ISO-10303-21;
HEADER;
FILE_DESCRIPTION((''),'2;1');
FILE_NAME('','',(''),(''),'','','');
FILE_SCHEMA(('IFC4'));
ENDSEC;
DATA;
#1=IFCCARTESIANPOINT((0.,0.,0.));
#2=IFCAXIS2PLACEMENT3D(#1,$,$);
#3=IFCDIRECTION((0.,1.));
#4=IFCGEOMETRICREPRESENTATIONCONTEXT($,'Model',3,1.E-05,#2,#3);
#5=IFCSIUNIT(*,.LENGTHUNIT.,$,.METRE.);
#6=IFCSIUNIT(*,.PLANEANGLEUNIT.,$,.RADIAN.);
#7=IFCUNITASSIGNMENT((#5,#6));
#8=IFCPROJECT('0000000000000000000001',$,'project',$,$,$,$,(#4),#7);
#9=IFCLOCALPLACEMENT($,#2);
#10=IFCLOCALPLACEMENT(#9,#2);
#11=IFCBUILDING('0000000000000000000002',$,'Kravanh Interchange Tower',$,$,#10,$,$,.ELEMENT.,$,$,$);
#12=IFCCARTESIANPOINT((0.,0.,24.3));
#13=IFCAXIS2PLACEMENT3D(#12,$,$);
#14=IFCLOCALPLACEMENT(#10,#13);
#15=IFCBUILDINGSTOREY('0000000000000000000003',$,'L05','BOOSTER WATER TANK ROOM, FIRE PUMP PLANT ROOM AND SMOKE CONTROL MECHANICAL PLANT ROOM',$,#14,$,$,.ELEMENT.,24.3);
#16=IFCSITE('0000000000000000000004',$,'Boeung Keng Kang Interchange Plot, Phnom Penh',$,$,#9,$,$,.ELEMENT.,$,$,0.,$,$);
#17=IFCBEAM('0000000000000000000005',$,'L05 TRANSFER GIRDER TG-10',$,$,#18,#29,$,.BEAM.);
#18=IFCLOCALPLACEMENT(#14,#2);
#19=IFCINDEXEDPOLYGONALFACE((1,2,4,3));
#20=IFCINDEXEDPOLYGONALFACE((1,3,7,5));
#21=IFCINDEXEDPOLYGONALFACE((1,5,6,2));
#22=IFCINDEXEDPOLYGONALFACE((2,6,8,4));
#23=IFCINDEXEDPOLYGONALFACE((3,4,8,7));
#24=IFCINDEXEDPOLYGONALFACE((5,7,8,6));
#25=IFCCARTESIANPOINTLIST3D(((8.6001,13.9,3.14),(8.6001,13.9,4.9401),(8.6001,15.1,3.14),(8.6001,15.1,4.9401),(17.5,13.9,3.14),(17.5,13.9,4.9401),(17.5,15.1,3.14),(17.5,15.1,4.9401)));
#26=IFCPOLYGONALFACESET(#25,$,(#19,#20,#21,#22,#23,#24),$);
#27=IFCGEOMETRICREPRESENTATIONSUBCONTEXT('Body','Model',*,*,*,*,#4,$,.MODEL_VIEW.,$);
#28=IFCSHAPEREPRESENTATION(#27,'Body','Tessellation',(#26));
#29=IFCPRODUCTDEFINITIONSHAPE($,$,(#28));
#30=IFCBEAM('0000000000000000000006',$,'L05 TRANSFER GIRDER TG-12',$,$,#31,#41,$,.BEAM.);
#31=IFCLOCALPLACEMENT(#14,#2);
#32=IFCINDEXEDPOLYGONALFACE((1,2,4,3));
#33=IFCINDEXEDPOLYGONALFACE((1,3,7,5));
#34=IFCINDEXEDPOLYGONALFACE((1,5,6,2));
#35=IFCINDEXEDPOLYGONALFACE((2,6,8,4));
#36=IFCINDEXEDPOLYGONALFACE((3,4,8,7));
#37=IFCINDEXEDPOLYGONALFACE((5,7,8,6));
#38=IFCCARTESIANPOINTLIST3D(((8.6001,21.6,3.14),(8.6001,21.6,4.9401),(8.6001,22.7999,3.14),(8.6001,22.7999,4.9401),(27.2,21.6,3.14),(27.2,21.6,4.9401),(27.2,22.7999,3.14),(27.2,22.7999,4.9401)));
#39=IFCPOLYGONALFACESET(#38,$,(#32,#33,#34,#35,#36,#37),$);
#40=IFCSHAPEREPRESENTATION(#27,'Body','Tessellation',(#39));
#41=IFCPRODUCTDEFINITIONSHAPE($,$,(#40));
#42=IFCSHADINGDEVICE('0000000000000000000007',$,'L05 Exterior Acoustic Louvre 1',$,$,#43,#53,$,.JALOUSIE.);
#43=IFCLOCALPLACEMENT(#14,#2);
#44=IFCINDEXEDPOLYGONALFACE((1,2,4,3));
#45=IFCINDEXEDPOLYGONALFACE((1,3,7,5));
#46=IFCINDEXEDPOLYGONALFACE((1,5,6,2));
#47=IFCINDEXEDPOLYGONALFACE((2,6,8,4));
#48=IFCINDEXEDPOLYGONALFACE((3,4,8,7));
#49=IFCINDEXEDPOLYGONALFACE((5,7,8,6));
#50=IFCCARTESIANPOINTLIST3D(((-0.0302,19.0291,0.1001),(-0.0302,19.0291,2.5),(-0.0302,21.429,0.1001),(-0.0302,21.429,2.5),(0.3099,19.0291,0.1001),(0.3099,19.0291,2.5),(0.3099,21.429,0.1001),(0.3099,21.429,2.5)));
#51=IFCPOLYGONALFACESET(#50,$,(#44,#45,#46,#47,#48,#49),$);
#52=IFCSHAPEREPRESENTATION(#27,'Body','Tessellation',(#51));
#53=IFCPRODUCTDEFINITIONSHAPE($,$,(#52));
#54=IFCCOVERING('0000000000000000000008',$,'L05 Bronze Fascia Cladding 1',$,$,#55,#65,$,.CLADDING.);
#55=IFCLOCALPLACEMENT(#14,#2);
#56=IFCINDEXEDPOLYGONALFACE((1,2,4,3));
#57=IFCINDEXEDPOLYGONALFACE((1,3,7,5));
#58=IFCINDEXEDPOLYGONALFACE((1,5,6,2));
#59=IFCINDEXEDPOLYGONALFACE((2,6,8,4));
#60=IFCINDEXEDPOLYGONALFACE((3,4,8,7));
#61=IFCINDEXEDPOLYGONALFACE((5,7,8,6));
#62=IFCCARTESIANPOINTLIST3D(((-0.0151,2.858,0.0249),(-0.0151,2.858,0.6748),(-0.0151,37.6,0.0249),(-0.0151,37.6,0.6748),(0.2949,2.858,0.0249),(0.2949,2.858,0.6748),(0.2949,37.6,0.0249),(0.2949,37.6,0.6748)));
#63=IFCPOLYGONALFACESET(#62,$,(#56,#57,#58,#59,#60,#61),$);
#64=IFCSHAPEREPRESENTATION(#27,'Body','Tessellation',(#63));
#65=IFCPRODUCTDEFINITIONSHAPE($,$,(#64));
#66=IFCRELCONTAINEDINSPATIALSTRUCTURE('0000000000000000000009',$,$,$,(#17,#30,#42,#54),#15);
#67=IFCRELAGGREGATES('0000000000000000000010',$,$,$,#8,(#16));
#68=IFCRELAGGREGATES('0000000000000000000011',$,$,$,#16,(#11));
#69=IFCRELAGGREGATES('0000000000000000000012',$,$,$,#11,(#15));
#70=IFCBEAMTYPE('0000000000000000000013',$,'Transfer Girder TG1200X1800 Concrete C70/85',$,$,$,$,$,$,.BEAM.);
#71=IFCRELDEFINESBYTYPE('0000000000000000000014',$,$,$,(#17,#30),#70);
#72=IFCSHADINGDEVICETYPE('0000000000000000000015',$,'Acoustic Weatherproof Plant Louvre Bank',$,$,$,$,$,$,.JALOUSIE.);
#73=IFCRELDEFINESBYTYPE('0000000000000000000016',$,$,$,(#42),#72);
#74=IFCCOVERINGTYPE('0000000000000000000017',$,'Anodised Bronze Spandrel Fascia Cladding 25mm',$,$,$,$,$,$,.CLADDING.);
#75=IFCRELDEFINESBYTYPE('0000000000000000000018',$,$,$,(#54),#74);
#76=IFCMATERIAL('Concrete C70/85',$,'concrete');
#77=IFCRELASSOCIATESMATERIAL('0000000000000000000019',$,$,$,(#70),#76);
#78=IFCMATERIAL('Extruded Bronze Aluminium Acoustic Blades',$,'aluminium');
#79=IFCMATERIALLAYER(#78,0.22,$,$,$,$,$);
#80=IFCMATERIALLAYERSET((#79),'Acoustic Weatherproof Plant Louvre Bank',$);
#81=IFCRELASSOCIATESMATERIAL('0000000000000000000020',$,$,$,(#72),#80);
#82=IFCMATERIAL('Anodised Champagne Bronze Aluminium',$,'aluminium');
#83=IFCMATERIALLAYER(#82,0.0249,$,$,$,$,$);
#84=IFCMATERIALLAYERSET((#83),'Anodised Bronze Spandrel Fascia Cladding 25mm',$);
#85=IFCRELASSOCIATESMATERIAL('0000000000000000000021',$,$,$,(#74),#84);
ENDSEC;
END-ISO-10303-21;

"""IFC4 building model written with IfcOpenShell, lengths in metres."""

from ifc_helpers import new_model, si_unit, direction, frame, origin, origin_2d, place, context, subcontext, project, spatial, rectangle, extrude, material, layer, layer_set, material_profile, profile_set, type_object, element, save


model = new_model("IFC4")

# Units and contexts
model_context = context("Model", 3, precision=1e-05, world=origin(), true_north=direction((0.0, 1.0)))
body_context = subcontext(model_context, "Body", "Model", "MODEL_VIEW")
ifc_project = project(units=[si_unit("LENGTHUNIT", "METRE"), si_unit("PLANEANGLEUNIT", "RADIAN")], contexts=[model_context])

# Site, building, storey
site_placement = place(None, origin())
site = spatial("IfcSite", under=ifc_project, at=site_placement, Name="Boeung Keng Kang Interchange Plot, Phnom Penh", CompositionType="ELEMENT", RefElevation=0.0)
building_placement = place(site_placement, origin())
building = spatial("IfcBuilding", under=site, at=building_placement, Name="Kravanh Interchange Tower", CompositionType="ELEMENT")
storey_placement = place(building_placement, frame((0.0, 0.0, 24.3)))
storey = spatial("IfcBuildingStorey", under=building, at=storey_placement, Name="L05", Description="BOOSTER WATER TANK ROOM, FIRE PUMP PLANT ROOM AND SMOKE CONTROL MECHANICAL PLANT ROOM", CompositionType="ELEMENT", Elevation=24.3)

# Beams
ifc_material_1 = material(Name="Concrete C70/85", Category="concrete")
ifc_material_profile_1 = material_profile(ifc_material_1, rectangle(XDim=1.2, YDim=1.8, at=origin_2d()), Name="TG1200X1800")
ifc_profile_set_1 = profile_set([ifc_material_profile_1], Name="Concrete C70/85")
beam_type_1 = type_object("IfcBeamType", Name="Transfer Girder TG1200X1800 Concrete C70/85", PredefinedType="BEAM", material=ifc_profile_set_1)
beam_1_placement = place(storey_placement, frame((8.6001, 14.5, 4.04), z_axis=(1.0, 0.0, 0.0), x_axis=(0.0, 1.0, 0.0)))
element("IfcBeam", 1, at=beam_1_placement, inside=storey, type_object=beam_type_1, Name="L05 TRANSFER GIRDER TG-10", PredefinedType="BEAM", context=body_context, shape_type="SweptSolid", body=[
    extrude(rectangle(XDim=1.2, YDim=1.8, at=origin_2d()), origin(), (0.0, 0.0, 1.0), 8.8999),
])
beam_2_placement = place(storey_placement, frame((8.6001, 22.2, 4.04), z_axis=(1.0, 0.0, 0.0), x_axis=(0.0, 1.0, 0.0)))
element("IfcBeam", 2, at=beam_2_placement, inside=storey, type_object=beam_type_1, Name="L05 TRANSFER GIRDER TG-12", PredefinedType="BEAM", context=body_context, shape_type="SweptSolid", body=[
    extrude(rectangle(XDim=1.2, YDim=1.8, at=origin_2d()), origin(), (0.0, 0.0, 1.0), 18.5999),
])

# Shading device
ifc_material_2 = material(Name="Extruded Bronze Aluminium Acoustic Blades", Category="aluminium")
ifc_layer_1 = layer(ifc_material_2, 0.22)
ifc_layer_set_1 = layer_set([ifc_layer_1], Name="Acoustic Weatherproof Plant Louvre Bank")
shading_device_type = type_object("IfcShadingDeviceType", Name="Acoustic Weatherproof Plant Louvre Bank", PredefinedType="JALOUSIE", material=ifc_layer_set_1)
shading_device_placement = place(storey_placement, frame((0.1399, 20.229, 0.1001), z_axis=(0.0, 0.0, 1.0), x_axis=(0.0, 1.0, 0.0)))
element("IfcShadingDevice", 3, at=shading_device_placement, inside=storey, type_object=shading_device_type, Name="L05 Exterior Acoustic Louvre 1", PredefinedType="JALOUSIE", context=body_context, shape_type="SweptSolid", body=[
    extrude(rectangle(XDim=2.3999, YDim=0.3401, at=origin_2d()), origin(), (0.0, 0.0, 1.0), 2.3999),
])

# Covering
ifc_material_3 = material(Name="Anodised Champagne Bronze Aluminium", Category="aluminium")
ifc_layer_2 = layer(ifc_material_3, 0.0249)
ifc_layer_set_2 = layer_set([ifc_layer_2], Name="Anodised Bronze Spandrel Fascia Cladding 25mm")
covering_type = type_object("IfcCoveringType", Name="Anodised Bronze Spandrel Fascia Cladding 25mm", PredefinedType="CLADDING", material=ifc_layer_set_2)
covering_placement = place(storey_placement, frame((0.1399, 20.229, 0.0249), z_axis=(0.0, 0.0, 1.0), x_axis=(0.0, 1.0, 0.0)))
element("IfcCovering", 4, at=covering_placement, inside=storey, type_object=covering_type, Name="L05 Bronze Fascia Cladding 1", PredefinedType="CLADDING", context=body_context, shape_type="SweptSolid", body=[
    extrude(rectangle(XDim=34.7419, YDim=0.3101, at=origin_2d()), origin(), (0.0, 0.0, 1.0), 0.6499),
])

save(model, "model.ifc")
